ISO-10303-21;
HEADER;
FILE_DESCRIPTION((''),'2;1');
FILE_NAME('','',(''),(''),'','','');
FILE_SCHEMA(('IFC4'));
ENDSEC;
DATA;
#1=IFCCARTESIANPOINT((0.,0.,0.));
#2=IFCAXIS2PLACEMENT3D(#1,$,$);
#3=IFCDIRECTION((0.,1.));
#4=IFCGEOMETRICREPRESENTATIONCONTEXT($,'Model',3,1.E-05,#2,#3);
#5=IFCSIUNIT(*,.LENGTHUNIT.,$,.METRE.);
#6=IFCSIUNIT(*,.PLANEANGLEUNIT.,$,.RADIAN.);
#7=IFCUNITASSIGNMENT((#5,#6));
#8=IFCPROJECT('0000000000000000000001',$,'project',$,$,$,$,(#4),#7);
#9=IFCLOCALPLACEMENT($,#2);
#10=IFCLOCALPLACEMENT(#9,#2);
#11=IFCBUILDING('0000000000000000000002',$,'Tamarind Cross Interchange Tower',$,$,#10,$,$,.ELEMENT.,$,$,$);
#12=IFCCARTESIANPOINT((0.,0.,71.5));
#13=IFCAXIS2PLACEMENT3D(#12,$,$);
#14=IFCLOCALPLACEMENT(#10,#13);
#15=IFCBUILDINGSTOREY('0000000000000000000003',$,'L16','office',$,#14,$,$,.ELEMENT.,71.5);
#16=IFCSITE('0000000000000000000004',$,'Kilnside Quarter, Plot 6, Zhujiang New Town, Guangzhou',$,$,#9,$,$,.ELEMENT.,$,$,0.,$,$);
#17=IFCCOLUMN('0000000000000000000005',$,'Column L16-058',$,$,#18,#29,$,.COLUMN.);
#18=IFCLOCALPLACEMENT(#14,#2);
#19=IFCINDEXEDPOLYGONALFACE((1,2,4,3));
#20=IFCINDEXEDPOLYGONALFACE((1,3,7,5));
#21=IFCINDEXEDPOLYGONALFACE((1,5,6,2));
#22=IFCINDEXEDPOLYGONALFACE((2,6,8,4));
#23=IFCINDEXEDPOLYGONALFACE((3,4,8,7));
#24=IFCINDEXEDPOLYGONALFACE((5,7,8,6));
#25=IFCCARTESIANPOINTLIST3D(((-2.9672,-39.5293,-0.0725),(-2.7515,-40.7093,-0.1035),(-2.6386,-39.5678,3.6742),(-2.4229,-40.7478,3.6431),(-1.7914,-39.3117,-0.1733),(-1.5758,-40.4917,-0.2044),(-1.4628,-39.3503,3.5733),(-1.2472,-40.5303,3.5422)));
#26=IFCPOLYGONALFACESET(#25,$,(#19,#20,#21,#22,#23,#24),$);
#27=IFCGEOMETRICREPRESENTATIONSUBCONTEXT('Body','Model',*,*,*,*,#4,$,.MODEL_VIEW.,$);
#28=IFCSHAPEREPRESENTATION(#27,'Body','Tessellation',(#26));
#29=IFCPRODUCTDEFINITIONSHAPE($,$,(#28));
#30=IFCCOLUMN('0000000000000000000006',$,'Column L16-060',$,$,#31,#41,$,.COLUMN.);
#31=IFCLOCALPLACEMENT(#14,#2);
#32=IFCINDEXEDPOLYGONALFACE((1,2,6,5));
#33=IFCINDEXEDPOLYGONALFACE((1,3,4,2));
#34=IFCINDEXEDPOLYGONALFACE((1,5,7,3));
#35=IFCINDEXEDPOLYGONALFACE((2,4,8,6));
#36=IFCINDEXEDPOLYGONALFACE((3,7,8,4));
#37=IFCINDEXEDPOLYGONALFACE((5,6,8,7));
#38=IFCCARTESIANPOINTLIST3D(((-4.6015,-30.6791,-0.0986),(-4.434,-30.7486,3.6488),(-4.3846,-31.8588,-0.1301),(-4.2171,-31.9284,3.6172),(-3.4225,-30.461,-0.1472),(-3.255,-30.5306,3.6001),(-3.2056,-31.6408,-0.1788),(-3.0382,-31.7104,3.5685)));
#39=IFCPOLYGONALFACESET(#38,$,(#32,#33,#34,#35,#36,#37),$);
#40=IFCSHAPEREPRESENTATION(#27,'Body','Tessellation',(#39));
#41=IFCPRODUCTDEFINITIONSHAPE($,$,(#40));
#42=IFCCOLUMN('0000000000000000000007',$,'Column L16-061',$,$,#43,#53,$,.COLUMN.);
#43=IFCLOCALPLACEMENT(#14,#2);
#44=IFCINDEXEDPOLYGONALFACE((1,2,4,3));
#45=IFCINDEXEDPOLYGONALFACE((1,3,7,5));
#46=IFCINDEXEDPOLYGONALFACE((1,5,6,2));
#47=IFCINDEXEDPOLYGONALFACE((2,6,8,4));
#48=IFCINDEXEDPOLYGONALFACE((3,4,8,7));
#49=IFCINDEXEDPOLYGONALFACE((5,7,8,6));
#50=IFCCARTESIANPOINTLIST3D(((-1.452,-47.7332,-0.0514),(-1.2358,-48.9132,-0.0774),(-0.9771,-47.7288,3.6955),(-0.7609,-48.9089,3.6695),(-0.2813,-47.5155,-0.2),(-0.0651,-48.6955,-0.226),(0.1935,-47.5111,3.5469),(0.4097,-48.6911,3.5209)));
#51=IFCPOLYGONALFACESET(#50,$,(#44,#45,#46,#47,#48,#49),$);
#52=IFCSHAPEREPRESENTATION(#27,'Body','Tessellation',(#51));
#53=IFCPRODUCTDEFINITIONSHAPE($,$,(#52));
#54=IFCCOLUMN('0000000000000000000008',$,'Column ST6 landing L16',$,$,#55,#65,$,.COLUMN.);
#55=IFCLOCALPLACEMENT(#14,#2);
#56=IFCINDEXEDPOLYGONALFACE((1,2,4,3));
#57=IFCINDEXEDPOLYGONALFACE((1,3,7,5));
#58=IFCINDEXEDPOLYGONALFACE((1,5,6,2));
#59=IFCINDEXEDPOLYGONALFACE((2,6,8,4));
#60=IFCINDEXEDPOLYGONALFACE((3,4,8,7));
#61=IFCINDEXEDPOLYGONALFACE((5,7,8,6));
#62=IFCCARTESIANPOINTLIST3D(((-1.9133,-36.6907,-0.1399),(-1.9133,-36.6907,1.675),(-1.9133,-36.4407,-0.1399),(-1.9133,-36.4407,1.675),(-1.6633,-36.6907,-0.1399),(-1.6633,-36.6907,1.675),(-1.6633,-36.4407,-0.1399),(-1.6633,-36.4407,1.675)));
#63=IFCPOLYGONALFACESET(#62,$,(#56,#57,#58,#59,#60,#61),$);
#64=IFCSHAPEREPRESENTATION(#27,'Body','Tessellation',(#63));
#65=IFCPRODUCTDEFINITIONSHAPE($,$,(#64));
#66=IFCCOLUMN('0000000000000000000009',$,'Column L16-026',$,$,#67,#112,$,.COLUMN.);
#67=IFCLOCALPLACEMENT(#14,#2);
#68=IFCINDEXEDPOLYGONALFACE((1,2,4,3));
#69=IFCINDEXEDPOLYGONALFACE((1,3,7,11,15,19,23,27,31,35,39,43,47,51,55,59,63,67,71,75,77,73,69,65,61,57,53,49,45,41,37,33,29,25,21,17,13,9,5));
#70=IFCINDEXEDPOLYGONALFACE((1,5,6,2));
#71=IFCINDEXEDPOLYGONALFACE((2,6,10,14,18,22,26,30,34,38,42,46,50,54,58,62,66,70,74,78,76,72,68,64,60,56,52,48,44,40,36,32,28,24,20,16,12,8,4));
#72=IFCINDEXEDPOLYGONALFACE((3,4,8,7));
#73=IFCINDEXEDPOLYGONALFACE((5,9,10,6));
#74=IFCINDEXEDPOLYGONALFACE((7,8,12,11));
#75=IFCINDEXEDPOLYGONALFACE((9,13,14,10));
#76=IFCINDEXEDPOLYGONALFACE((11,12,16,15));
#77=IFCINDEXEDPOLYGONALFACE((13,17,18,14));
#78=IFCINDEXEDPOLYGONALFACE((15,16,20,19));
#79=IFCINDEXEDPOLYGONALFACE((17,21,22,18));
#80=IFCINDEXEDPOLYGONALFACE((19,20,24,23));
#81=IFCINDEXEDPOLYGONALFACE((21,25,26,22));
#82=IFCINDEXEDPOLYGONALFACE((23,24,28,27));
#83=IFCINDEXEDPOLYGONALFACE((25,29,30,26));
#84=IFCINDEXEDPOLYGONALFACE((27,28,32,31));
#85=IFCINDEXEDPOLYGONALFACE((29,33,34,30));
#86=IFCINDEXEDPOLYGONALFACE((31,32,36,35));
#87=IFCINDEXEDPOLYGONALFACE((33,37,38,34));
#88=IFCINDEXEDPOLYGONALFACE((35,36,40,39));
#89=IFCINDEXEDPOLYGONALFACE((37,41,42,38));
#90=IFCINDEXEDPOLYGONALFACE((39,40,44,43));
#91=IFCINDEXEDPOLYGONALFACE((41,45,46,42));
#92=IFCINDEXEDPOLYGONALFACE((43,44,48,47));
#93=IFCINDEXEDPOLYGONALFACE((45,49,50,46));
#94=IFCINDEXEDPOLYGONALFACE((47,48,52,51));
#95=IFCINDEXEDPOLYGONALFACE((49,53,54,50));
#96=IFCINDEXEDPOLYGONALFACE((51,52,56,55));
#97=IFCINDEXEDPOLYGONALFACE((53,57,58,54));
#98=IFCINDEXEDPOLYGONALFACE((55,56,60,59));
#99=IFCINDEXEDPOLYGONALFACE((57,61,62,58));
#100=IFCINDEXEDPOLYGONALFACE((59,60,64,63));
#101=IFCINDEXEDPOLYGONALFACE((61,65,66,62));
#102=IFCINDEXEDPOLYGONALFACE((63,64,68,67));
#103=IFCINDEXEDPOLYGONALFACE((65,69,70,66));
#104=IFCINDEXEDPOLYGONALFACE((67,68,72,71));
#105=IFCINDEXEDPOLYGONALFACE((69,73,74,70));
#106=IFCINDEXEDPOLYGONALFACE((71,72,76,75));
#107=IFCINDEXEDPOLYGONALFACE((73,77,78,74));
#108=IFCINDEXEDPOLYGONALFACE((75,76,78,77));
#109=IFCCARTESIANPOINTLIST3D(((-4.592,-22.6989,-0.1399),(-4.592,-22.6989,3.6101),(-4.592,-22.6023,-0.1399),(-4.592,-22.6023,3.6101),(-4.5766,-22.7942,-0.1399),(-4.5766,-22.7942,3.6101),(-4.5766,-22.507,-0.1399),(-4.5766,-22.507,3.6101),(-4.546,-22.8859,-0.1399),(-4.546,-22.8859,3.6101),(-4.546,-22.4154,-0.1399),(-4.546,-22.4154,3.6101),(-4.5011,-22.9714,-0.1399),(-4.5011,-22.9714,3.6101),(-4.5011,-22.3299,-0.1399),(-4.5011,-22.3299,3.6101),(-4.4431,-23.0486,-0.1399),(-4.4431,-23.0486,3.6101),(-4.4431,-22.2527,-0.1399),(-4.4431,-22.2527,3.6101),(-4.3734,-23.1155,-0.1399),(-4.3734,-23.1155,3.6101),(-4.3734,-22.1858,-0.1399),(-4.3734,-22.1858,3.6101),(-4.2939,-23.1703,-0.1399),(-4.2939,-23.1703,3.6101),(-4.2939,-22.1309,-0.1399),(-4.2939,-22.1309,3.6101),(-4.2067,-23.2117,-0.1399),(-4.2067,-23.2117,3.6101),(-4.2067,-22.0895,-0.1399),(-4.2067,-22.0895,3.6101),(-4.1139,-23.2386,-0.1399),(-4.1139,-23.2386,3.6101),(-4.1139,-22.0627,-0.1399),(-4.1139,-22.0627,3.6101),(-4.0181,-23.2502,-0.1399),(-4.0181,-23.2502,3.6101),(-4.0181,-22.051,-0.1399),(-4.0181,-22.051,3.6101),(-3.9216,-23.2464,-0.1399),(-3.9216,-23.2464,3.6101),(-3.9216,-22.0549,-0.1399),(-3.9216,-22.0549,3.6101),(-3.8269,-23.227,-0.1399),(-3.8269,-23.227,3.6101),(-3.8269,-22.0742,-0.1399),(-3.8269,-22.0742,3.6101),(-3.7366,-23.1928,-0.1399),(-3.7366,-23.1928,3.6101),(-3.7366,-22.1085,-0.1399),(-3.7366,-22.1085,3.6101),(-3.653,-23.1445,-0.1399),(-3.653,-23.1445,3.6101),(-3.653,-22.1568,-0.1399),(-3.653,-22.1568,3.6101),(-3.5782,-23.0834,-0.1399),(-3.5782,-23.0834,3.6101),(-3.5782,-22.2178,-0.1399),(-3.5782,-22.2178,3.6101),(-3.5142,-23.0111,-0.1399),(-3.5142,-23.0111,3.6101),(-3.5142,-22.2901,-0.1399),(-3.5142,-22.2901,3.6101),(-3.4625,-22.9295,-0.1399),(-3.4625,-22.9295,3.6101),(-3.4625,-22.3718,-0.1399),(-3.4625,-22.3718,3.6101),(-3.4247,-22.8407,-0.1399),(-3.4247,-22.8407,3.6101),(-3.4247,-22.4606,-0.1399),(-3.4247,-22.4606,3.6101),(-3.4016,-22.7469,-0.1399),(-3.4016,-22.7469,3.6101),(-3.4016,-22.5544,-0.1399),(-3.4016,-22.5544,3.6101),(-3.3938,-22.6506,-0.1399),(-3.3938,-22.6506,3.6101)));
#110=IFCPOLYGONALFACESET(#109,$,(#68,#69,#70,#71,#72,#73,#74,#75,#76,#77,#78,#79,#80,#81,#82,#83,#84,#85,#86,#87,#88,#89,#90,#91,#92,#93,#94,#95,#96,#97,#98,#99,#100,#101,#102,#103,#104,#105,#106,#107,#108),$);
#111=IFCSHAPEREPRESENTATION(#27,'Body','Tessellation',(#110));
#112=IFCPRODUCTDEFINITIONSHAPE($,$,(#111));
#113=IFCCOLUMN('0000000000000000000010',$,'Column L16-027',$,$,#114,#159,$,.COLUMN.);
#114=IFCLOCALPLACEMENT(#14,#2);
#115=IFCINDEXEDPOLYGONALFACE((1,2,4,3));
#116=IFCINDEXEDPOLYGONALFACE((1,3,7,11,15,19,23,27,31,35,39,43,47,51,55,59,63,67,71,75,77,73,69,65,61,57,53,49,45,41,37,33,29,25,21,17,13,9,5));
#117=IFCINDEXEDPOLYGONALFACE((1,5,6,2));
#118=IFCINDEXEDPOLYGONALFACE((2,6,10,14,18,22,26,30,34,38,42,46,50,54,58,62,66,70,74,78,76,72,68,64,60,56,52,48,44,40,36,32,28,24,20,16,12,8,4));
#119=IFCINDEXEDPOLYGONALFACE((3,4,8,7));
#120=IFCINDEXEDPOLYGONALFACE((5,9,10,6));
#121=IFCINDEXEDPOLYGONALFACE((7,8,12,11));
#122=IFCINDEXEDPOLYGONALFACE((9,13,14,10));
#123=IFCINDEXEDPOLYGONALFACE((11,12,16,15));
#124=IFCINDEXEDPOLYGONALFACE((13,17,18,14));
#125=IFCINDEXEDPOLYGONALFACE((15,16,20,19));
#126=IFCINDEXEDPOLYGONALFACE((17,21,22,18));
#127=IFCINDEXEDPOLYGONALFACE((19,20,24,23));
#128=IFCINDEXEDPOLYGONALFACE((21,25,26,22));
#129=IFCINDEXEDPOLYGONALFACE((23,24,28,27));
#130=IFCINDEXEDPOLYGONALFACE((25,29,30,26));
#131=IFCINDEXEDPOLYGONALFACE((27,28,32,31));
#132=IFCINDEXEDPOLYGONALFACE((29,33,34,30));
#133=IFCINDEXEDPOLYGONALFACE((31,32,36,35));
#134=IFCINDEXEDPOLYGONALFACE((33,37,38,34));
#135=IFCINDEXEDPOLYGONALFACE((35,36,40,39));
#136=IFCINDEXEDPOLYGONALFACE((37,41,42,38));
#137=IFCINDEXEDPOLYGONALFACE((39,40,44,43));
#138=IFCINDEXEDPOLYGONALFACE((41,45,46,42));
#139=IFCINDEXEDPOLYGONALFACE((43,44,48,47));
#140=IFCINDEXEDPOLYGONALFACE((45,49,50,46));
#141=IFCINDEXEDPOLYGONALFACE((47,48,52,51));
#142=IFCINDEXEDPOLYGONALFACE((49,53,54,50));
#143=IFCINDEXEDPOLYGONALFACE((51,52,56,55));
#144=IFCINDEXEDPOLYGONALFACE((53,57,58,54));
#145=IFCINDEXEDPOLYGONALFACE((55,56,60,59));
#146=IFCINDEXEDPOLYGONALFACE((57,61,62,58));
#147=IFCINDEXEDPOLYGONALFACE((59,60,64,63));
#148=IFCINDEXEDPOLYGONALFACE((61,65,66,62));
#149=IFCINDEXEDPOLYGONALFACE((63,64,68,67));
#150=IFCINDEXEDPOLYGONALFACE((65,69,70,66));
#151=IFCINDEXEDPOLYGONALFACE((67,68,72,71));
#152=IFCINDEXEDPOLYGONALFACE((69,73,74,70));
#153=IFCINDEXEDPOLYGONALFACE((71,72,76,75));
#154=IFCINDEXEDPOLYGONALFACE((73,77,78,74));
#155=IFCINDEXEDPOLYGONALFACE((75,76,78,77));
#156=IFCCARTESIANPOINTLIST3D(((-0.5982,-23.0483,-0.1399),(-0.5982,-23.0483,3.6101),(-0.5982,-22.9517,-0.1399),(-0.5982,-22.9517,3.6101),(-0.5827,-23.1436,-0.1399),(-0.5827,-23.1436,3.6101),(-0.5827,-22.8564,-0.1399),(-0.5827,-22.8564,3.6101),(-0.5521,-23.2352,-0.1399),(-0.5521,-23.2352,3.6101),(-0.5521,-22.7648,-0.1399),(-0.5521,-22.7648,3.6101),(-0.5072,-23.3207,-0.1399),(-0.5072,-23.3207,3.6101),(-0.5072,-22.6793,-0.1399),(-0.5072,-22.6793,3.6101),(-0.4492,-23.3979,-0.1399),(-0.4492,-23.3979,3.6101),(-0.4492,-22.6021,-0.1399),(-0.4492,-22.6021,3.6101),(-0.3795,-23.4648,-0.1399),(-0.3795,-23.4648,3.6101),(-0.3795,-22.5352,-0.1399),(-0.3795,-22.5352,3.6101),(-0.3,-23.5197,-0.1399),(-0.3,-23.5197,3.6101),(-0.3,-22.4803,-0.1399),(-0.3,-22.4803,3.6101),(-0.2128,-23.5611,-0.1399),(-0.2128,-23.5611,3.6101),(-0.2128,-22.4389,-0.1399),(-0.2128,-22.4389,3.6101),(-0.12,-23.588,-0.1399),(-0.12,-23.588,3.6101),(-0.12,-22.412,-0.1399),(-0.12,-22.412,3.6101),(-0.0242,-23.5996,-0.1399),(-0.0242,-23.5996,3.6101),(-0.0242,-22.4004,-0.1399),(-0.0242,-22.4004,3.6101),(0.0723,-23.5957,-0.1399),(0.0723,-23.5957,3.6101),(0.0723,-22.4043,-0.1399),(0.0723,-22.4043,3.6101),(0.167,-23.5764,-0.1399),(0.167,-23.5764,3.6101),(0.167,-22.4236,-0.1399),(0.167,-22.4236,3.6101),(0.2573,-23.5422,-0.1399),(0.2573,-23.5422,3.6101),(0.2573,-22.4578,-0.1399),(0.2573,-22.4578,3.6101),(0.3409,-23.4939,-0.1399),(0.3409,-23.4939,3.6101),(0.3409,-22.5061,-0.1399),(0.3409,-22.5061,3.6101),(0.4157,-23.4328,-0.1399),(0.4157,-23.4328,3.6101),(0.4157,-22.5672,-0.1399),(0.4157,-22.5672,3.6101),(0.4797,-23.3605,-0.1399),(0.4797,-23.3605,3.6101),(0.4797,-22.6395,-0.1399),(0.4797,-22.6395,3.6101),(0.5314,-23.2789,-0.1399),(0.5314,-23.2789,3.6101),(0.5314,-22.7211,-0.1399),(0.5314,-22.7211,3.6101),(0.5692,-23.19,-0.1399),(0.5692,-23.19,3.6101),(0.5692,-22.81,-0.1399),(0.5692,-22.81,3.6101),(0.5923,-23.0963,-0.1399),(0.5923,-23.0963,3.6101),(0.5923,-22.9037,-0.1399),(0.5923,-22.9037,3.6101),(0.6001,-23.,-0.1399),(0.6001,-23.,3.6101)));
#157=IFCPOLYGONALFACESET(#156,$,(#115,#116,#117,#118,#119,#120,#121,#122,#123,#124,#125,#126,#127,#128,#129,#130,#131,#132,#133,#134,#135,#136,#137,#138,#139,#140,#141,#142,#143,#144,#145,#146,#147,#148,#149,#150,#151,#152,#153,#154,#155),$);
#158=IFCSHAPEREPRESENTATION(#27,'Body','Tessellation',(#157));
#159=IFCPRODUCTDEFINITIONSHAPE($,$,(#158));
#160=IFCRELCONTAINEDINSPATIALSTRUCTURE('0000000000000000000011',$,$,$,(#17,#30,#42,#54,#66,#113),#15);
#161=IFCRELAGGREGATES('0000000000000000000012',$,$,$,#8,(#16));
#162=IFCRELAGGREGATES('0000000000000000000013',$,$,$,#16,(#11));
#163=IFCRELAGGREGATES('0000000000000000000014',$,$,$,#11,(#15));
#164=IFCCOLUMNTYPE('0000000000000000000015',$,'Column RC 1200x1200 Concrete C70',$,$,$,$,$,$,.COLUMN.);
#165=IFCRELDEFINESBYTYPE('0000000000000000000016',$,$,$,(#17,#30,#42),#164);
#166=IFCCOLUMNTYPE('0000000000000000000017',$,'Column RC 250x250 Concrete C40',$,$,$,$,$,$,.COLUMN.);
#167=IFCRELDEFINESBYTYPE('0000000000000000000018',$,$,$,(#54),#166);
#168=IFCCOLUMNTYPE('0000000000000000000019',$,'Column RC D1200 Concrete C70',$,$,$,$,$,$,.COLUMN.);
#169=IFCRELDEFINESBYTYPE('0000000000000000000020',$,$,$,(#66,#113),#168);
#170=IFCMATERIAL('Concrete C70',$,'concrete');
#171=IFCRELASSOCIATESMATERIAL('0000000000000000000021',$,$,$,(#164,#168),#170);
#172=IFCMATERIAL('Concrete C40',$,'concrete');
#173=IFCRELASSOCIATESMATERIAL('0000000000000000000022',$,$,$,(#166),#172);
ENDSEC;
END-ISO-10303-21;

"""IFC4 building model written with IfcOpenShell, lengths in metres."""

from ifc_helpers import new_model, si_unit, direction, frame, origin, origin_2d, place, context, subcontext, project, spatial, rectangle, circle, extrude, material, material_profile, profile_set, type_object, element, save


model = new_model("IFC4")

# Units and contexts
model_context = context("Model", 3, precision=1e-05, world=origin(), true_north=direction((0.0, 1.0)))
body_context = subcontext(model_context, "Body", "Model", "MODEL_VIEW")
ifc_project = project(units=[si_unit("LENGTHUNIT", "METRE"), si_unit("PLANEANGLEUNIT", "RADIAN")], contexts=[model_context])

# Site, building, storey
site_placement = place(None, origin())
site = spatial("IfcSite", under=ifc_project, at=site_placement, Name="Kilnside Quarter, Plot 6, Zhujiang New Town, Guangzhou", CompositionType="ELEMENT", RefElevation=0.0)
building_placement = place(site_placement, origin())
building = spatial("IfcBuilding", under=site, at=building_placement, Name="Tamarind Cross Interchange Tower", CompositionType="ELEMENT")
storey_placement = place(building_placement, frame((0.0, 0.0, 71.5)))
storey = spatial("IfcBuildingStorey", under=building, at=storey_placement, Name="L16", Description="office", CompositionType="ELEMENT", Elevation=71.5)

# Columns
ifc_material_1 = material(Name="Concrete C70", Category="concrete")
ifc_material_profile_1 = material_profile(ifc_material_1, rectangle(XDim=1.2, YDim=1.2, at=origin_2d()), Name="RC 1200x1200")
ifc_profile_set_1 = profile_set([ifc_material_profile_1], Name="Concrete C70")
column_type_1 = type_object("IfcColumnType", Name="Column RC 1200x1200 Concrete C70", PredefinedType="COLUMN", material=ifc_profile_set_1)
column_1_placement = place(storey_placement, frame((-2.2715, -40.0105, -0.1384), z_axis=(0.08737, -0.010256, 0.996123), x_axis=(-0.179713, 0.983378, 0.025887)))
element("IfcColumn", 1, at=column_1_placement, inside=storey, type_object=column_type_1, Name="Column L16-058", PredefinedType="COLUMN", context=body_context, shape_type="SweptSolid", body=[
    extrude(rectangle(XDim=1.2, YDim=1.2, at=origin_2d()), origin(), (0.0, 0.0, 1.0), 3.7612),
])
column_2_placement = place(storey_placement, frame((-3.9036, -31.1599, -0.1387), z_axis=(0.044641, -0.018546, 0.998831), x_axis=(-0.180747, 0.983177, 0.026334)))
element("IfcColumn", 2, at=column_2_placement, inside=storey, type_object=column_type_1, Name="Column L16-060", PredefinedType="COLUMN", context=body_context, shape_type="SweptSolid", body=[
    extrude(rectangle(XDim=1.2, YDim=1.2, at=origin_2d()), origin(), (0.0, 0.0, 1.0), 3.7517),
])
column_3_placement = place(storey_placement, frame((-0.7585, -48.2144, -0.1387), z_axis=(0.125729, 0.001164, 0.992064), x_axis=(-0.180174, 0.983396, 0.021681)))
element("IfcColumn", 3, at=column_3_placement, inside=storey, type_object=column_type_1, Name="Column L16-061", PredefinedType="COLUMN", context=body_context, shape_type="SweptSolid", body=[
    extrude(rectangle(XDim=1.2, YDim=1.2, at=origin_2d()), origin(), (0.0, 0.0, 1.0), 3.7769),
])
ifc_material_2 = material(Name="Concrete C40", Category="concrete")
ifc_material_profile_2 = material_profile(ifc_material_2, rectangle(XDim=0.25, YDim=0.25, at=origin_2d()), Name="RC 250x250")
ifc_profile_set_2 = profile_set([ifc_material_profile_2], Name="Concrete C40")
column_type_2 = type_object("IfcColumnType", Name="Column RC 250x250 Concrete C40", PredefinedType="COLUMN", material=ifc_profile_set_2)
column_4_placement = place(storey_placement, frame((-1.7883, -36.5657, -0.1399), z_axis=(0.0, 0.0, 1.0), x_axis=(1.0, 0.0, 0.0)))
element("IfcColumn", 4, at=column_4_placement, inside=storey, type_object=column_type_2, Name="Column ST6 landing L16", PredefinedType="COLUMN", context=body_context, shape_type="SweptSolid", body=[
    extrude(rectangle(XDim=0.25, YDim=0.25, at=origin_2d()), origin(), (0.0, 0.0, 1.0), 1.8149),
])
ifc_material_profile_3 = material_profile(ifc_material_1, circle(Radius=0.6001, at=origin_2d()), Name="RC D1200")
ifc_profile_set_3 = profile_set([ifc_material_profile_3], Name="Concrete C70")
column_type_3 = type_object("IfcColumnType", Name="Column RC D1200 Concrete C70", PredefinedType="COLUMN", material=ifc_profile_set_3)
for number, where, z_axis, x_axis, name in (
    (5, (-3.9939, -22.6506, -0.1399), (0.0, 0.0, 1.0), (1.0, 0.0, 0.0), "Column L16-026"),
    (6, (0.0, -23.0, -0.1399), (0.0, 0.0, 1.0), (1.0, 0.0, 0.0), "Column L16-027"),
):
    element("IfcColumn", number, at=place(storey_placement, frame(where, z_axis=z_axis, x_axis=x_axis)), inside=storey, type_object=column_type_3, Name=name, PredefinedType="COLUMN", context=body_context, shape_type="SweptSolid", body=[
        extrude(circle(Radius=0.6001, at=origin_2d()), origin(), (0.0, 0.0, 1.0), 3.75),
    ])

save(model, "model.ifc")
